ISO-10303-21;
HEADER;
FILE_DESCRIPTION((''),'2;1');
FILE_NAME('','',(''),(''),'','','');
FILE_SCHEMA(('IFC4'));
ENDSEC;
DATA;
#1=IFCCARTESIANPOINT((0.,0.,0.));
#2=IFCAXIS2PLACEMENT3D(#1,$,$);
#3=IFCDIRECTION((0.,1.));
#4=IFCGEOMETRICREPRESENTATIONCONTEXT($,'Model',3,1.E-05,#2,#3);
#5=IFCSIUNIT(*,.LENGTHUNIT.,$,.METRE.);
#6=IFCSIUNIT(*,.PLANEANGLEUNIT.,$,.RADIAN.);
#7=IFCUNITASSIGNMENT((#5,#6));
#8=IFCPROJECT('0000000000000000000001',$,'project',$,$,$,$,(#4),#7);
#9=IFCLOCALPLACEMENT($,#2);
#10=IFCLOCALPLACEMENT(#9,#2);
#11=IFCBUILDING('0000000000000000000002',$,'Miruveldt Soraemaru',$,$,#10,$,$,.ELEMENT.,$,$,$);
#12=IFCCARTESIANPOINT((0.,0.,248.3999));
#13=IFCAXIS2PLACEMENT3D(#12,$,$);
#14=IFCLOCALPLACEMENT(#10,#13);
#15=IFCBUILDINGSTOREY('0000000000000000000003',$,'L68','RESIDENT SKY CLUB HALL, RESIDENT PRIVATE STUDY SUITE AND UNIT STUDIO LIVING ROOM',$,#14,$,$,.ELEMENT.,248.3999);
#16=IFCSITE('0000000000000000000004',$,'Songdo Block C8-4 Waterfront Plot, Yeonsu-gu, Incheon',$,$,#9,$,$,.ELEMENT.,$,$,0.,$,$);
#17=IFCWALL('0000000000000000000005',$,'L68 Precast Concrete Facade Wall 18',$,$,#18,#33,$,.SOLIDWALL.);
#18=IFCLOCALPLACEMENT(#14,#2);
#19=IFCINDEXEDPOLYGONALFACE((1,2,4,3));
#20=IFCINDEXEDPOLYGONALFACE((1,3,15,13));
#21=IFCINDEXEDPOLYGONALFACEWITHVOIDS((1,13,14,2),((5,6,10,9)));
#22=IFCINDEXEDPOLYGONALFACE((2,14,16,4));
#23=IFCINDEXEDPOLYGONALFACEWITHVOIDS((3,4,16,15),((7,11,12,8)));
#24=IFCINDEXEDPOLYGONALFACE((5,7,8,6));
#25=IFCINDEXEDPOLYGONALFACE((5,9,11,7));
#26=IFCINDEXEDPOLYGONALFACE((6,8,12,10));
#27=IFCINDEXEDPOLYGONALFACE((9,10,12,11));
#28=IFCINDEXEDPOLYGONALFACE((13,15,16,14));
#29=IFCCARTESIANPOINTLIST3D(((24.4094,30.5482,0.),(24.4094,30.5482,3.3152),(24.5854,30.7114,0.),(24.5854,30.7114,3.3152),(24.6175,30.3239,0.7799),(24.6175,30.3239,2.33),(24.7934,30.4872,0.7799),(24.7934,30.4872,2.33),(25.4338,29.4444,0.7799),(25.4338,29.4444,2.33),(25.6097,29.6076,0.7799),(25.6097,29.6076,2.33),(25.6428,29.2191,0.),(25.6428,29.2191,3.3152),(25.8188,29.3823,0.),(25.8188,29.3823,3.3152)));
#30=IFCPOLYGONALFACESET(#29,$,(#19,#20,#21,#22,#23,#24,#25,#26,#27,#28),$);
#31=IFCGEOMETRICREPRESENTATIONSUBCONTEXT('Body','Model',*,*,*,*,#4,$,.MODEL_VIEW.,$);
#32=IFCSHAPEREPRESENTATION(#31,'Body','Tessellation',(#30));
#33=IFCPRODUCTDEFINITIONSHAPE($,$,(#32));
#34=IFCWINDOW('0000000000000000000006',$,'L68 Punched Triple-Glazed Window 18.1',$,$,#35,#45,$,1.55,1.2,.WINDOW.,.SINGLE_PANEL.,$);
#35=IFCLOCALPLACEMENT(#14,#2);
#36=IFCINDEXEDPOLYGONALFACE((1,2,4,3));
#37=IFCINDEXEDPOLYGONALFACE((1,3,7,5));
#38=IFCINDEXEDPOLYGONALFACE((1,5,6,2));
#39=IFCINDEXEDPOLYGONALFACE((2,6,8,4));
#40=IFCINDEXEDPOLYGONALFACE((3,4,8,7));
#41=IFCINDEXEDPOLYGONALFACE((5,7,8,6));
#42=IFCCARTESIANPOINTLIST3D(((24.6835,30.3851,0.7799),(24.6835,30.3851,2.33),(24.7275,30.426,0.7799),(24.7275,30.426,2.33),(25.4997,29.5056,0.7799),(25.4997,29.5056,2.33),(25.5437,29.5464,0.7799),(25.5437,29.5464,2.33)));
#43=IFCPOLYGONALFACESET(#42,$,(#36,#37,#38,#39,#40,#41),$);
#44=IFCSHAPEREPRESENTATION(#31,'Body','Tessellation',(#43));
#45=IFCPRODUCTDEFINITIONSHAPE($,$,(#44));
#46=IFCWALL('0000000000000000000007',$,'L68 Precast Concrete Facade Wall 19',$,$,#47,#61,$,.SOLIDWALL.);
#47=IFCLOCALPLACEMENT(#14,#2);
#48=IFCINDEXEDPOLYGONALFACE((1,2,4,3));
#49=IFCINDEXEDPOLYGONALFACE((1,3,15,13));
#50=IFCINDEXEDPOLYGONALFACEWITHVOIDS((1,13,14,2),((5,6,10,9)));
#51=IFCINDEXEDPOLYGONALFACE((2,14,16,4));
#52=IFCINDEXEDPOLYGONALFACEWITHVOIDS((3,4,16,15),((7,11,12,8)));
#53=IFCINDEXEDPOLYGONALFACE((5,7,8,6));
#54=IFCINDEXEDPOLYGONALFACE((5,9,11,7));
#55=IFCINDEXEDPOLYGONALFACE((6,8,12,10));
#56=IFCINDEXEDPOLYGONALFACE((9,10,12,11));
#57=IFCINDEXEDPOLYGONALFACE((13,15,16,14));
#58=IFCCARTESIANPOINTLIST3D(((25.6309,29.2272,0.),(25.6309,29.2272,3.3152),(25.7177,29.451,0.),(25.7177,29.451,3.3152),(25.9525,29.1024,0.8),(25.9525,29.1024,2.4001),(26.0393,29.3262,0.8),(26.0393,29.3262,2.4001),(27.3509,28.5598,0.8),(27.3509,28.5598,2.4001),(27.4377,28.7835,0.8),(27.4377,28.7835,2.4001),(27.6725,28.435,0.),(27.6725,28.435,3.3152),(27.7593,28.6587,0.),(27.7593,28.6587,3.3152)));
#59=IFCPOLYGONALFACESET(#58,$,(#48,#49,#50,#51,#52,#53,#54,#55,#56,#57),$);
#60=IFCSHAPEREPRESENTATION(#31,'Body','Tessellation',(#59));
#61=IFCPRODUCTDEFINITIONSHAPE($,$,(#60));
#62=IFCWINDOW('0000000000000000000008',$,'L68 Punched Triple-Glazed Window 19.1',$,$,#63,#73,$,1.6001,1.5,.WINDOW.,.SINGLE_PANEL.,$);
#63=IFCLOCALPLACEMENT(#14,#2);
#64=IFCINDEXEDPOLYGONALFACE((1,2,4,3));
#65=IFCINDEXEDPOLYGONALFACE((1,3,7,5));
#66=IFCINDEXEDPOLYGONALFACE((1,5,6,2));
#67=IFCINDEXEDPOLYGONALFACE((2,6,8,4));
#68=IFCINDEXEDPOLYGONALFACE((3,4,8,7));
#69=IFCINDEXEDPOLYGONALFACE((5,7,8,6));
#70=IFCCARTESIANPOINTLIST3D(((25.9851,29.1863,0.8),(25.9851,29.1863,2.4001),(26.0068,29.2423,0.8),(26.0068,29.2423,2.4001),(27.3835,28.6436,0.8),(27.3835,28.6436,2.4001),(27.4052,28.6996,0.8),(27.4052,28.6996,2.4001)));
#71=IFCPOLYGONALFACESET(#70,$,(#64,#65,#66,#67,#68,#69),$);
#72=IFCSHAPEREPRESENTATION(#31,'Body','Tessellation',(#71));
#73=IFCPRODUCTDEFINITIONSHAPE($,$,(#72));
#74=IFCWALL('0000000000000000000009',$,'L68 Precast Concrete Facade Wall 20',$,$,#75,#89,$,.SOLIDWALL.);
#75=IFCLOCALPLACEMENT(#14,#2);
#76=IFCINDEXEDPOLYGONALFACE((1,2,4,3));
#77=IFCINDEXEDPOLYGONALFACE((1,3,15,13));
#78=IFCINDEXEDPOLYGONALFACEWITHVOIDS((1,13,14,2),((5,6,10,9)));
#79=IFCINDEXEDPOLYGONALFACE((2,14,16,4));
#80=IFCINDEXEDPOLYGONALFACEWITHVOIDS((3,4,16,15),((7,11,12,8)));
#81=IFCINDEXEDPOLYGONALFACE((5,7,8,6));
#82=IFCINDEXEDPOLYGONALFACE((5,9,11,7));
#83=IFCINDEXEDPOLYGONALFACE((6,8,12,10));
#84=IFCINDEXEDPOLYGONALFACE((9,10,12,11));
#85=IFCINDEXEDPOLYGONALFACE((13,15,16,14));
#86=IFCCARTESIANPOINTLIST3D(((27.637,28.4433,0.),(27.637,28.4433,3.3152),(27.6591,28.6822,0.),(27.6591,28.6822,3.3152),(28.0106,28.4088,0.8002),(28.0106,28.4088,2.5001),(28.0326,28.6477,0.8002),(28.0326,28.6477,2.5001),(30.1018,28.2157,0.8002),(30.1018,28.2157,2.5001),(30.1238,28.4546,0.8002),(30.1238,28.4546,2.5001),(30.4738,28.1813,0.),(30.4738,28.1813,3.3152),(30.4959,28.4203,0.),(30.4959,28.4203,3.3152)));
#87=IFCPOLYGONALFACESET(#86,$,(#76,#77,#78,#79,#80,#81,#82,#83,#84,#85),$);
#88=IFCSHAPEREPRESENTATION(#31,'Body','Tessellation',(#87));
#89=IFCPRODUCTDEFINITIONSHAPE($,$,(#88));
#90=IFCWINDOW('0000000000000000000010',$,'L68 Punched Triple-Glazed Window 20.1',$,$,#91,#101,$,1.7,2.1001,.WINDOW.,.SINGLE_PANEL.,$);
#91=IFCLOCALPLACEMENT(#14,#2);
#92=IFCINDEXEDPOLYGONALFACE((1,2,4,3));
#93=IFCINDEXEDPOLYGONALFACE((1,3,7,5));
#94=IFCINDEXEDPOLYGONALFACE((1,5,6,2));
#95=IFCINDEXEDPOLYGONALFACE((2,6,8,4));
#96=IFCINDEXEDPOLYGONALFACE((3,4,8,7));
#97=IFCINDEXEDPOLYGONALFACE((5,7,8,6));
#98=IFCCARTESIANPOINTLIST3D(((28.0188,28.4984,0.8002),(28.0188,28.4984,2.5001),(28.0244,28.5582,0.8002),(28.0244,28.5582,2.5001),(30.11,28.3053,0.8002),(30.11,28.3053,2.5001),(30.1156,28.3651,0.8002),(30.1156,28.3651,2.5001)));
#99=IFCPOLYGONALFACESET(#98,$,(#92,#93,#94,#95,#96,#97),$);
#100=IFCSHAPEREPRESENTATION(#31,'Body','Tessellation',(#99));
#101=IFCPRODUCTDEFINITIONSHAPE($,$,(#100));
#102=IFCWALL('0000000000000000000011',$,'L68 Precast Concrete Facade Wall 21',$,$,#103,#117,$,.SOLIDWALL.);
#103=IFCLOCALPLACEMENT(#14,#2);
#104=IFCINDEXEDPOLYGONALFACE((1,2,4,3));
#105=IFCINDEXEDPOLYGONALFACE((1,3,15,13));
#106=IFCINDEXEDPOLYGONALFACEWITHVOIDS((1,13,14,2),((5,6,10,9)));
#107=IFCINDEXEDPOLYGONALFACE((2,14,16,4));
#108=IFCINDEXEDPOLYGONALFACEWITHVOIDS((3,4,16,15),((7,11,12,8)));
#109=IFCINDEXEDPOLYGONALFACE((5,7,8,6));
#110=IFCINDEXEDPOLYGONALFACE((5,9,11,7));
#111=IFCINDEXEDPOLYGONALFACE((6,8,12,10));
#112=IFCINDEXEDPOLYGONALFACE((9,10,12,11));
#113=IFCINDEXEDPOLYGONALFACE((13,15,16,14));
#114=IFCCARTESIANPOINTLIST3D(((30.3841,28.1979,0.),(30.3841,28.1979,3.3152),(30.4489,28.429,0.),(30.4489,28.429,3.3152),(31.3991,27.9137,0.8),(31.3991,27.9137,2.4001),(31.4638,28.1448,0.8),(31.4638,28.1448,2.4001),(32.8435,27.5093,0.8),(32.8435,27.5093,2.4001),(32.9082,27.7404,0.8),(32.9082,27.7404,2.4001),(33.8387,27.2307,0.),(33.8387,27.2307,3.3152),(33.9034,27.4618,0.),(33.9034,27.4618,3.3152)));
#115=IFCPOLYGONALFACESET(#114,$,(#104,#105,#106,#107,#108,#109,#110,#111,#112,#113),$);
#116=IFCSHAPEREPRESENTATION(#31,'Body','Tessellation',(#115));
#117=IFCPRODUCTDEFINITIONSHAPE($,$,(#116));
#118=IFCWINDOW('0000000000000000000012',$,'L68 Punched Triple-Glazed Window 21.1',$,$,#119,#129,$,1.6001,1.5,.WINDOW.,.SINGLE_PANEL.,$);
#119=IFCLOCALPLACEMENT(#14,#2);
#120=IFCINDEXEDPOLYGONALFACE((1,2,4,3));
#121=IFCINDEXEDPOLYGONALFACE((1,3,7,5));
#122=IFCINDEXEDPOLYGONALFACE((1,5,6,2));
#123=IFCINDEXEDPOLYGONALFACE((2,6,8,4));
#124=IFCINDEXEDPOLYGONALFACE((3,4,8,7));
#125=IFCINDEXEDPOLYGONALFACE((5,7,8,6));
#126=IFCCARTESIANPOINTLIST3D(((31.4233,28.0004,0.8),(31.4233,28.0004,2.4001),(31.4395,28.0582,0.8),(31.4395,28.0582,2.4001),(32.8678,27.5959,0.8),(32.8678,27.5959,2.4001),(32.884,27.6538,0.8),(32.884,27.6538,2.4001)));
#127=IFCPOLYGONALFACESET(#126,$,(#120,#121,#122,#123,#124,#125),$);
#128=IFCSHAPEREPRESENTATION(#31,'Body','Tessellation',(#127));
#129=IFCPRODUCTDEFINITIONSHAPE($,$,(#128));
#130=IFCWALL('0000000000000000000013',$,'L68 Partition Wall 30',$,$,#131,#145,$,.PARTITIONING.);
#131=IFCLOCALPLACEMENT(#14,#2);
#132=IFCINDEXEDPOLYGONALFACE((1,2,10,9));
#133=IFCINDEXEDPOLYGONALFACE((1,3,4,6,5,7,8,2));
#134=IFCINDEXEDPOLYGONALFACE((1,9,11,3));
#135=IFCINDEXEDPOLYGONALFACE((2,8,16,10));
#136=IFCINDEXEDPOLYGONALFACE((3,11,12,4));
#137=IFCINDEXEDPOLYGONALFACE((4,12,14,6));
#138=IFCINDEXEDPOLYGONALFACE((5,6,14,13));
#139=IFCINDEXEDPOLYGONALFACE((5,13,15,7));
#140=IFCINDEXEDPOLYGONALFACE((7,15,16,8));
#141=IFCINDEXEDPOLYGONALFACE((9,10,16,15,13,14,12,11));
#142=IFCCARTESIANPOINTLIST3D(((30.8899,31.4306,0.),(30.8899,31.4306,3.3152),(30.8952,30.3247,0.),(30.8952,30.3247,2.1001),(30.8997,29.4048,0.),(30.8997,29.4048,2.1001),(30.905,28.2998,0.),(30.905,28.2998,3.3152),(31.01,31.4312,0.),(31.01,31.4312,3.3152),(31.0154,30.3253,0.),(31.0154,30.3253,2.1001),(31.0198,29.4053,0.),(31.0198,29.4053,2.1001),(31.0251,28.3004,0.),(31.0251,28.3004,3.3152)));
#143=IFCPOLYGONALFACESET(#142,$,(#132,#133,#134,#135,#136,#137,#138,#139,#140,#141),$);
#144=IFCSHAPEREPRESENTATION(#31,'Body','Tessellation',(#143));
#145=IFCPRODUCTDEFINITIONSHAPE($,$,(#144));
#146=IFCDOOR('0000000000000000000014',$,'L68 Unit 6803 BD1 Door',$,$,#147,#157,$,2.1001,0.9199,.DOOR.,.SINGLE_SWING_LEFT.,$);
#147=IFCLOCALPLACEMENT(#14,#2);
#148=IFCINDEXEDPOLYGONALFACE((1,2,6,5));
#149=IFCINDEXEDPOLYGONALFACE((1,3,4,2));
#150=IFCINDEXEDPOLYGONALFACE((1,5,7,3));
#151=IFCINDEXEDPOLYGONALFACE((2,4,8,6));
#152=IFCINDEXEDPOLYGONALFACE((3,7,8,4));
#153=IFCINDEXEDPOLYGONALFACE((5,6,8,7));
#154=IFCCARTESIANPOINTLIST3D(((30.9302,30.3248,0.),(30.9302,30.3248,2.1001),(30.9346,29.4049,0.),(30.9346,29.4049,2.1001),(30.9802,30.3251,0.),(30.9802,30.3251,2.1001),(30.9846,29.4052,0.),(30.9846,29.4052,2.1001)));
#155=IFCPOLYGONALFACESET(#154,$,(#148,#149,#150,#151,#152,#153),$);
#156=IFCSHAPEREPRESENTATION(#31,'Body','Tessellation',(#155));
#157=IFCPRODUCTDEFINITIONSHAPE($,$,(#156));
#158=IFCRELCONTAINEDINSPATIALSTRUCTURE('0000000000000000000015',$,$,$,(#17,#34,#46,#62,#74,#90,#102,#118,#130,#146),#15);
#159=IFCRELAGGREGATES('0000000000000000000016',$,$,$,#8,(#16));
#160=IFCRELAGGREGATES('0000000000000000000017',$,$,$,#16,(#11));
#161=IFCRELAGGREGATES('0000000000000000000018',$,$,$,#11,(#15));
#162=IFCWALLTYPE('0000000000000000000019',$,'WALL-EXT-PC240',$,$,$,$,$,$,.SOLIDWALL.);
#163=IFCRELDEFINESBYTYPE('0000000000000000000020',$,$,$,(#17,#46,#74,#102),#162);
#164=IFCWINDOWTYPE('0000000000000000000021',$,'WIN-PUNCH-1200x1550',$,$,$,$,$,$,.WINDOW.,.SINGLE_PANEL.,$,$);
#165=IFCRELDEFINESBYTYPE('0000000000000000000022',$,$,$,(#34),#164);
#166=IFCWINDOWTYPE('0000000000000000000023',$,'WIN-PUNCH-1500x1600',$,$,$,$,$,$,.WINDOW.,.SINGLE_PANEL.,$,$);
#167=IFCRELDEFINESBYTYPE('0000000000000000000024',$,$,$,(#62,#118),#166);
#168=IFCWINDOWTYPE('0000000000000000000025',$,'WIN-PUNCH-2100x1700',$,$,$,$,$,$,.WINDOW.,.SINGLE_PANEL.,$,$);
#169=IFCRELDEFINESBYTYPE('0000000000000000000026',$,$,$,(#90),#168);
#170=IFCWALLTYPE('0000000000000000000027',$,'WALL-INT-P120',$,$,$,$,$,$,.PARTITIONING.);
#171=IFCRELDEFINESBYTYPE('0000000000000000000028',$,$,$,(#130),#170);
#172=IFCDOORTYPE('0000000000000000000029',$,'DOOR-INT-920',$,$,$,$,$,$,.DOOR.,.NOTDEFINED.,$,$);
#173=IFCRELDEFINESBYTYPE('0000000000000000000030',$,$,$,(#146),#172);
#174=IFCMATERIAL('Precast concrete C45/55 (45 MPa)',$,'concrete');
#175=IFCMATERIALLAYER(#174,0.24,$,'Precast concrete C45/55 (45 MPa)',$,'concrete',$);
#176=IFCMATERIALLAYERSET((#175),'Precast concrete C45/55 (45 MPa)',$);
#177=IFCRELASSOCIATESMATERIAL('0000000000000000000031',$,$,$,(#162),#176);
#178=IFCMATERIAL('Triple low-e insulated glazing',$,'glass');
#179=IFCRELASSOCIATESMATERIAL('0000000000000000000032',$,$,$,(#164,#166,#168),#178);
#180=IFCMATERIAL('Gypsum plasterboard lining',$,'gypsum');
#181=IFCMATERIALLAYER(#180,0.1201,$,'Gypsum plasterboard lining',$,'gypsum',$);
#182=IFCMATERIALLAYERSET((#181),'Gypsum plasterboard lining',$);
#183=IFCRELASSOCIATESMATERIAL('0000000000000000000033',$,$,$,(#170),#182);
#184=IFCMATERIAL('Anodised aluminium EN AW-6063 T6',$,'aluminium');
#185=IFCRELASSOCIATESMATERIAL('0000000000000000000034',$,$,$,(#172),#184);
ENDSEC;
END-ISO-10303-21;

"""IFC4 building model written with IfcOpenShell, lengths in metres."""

from ifc_helpers import new_model, si_unit, direction, frame, frame_2d, origin, place, context, subcontext, project, spatial, rectangle, extrude, material, layer, layer_set, type_object, element, fill, save


model = new_model("IFC4")

# Units and contexts
model_context = context("Model", 3, precision=1e-05, world=origin(), true_north=direction((0.0, 1.0)))
body_context = subcontext(model_context, "Body", "Model", "MODEL_VIEW")
ifc_project = project(units=[si_unit("LENGTHUNIT", "METRE"), si_unit("PLANEANGLEUNIT", "RADIAN")], contexts=[model_context])

# Site, building, storey
site_placement = place(None, origin())
site = spatial("IfcSite", under=ifc_project, at=site_placement, Name="Songdo Block C8-4 Waterfront Plot, Yeonsu-gu, Incheon", CompositionType="ELEMENT", RefElevation=0.0)
building_placement = place(site_placement, origin())
building = spatial("IfcBuilding", under=site, at=building_placement, Name="Miruveldt Soraemaru", CompositionType="ELEMENT")
storey_placement = place(building_placement, frame((0.0, 0.0, 248.3999)))
storey = spatial("IfcBuildingStorey", under=building, at=storey_placement, Name="L68", Description="RESIDENT SKY CLUB HALL, RESIDENT PRIVATE STUDY SUITE AND UNIT STUDIO LIVING ROOM", CompositionType="ELEMENT", Elevation=248.3999)

# Walls, openings, windows
ifc_material_1 = material(Name="Precast concrete C45/55 (45 MPa)", Category="concrete")
ifc_layer_1 = layer(ifc_material_1, 0.24, Name="Precast concrete C45/55 (45 MPa)", Category="concrete")
ifc_layer_set_1 = layer_set([ifc_layer_1], Name="Precast concrete C45/55 (45 MPa)")
wall_type_1 = type_object("IfcWallType", Name="WALL-EXT-PC240", PredefinedType="SOLIDWALL", material=ifc_layer_set_1)
wall_1_placement = place(storey_placement, frame((24.4973, 30.6299, 0.0), z_axis=(0.0, 0.0, 1.0), x_axis=(0.680224, -0.733004, 0.0)))
wall_1 = element("IfcWall", 1, at=wall_1_placement, inside=storey, type_object=wall_type_1, Name="L68 Precast Concrete Facade Wall 18", PredefinedType="SOLIDWALL", context=body_context, shape_type="SweptSolid", body=[
    extrude(rectangle(XDim=1.8132, YDim=0.24, at=frame_2d((0.9067, 0.0))), origin(), (0.0, 0.0, 1.0), 3.3152),
])
opening_1_placement = place(wall_1_placement, frame((0.3059, 0.0, 0.78)))
opening_1 = element("IfcOpeningElement", 2, at=opening_1_placement, cuts=wall_1, PredefinedType="OPENING", context=body_context, shape_type="SweptSolid", body=[
    extrude(rectangle(XDim=1.2, YDim=1.55, at=frame_2d((0.6001, 0.7749))), frame((0.0, 0.1299, 0.0), z_axis=(0.0, -1.0, 0.0), x_axis=(1.0, 0.0, 0.0)), (0.0, 0.0, 1.0), 0.26),
])
ifc_material_2 = material(Name="Triple low-e insulated glazing", Category="glass")
window_type_1 = type_object("IfcWindowType", Name="WIN-PUNCH-1200x1550", PartitioningType="SINGLE_PANEL", PredefinedType="WINDOW", material=ifc_material_2)
window_1_placement = place(opening_1_placement, origin())
window_1 = element("IfcWindow", 3, at=window_1_placement, inside=storey, type_object=window_type_1, Name="L68 Punched Triple-Glazed Window 18.1", OverallHeight=1.55, OverallWidth=1.2, PartitioningType="SINGLE_PANEL", PredefinedType="WINDOW", context=body_context, shape_type="SweptSolid", body=[
    extrude(rectangle(XDim=1.2, YDim=1.55, at=frame_2d((0.6001, 0.7749))), frame((0.0, 0.03, 0.0), z_axis=(0.0, -1.0, 0.0), x_axis=(1.0, 0.0, 0.0)), (0.0, 0.0, 1.0), 0.0601),
])
fill(opening_1, window_1)
wall_2_placement = place(storey_placement, frame((25.6743, 29.3391, 0.0), z_axis=(0.0, 0.0, 1.0), x_axis=(0.932264, -0.361779, 0.0)))
wall_2 = element("IfcWall", 4, at=wall_2_placement, inside=storey, type_object=wall_type_1, Name="L68 Precast Concrete Facade Wall 19", PredefinedType="SOLIDWALL", context=body_context, shape_type="SweptSolid", body=[
    extrude(rectangle(XDim=2.1899, YDim=0.24, at=frame_2d((1.095, 0.0))), origin(), (0.0, 0.0, 1.0), 3.3152),
])
opening_2_placement = place(wall_2_placement, frame((0.345, 0.0, 0.8)))
opening_2 = element("IfcOpeningElement", 5, at=opening_2_placement, cuts=wall_2, PredefinedType="OPENING", context=body_context, shape_type="SweptSolid", body=[
    extrude(rectangle(XDim=1.5, YDim=1.6001, at=frame_2d((0.75, 0.8))), frame((0.0, 0.1299, 0.0), z_axis=(0.0, -1.0, 0.0), x_axis=(1.0, 0.0, 0.0)), (0.0, 0.0, 1.0), 0.26),
])
window_type_2 = type_object("IfcWindowType", Name="WIN-PUNCH-1500x1600", PartitioningType="SINGLE_PANEL", PredefinedType="WINDOW", material=ifc_material_2)
window_2_placement = place(opening_2_placement, origin())
window_2 = element("IfcWindow", 6, at=window_2_placement, inside=storey, type_object=window_type_2, Name="L68 Punched Triple-Glazed Window 19.1", OverallHeight=1.6001, OverallWidth=1.5, PartitioningType="SINGLE_PANEL", PredefinedType="WINDOW", context=body_context, shape_type="SweptSolid", body=[
    extrude(rectangle(XDim=1.5, YDim=1.6001, at=frame_2d((0.75, 0.8))), frame((0.0, 0.03, 0.0), z_axis=(0.0, -1.0, 0.0), x_axis=(1.0, 0.0, 0.0)), (0.0, 0.0, 1.0), 0.0601),
])
fill(opening_2, window_2)
wall_3_placement = place(storey_placement, frame((27.6482, 28.5627, 0.0), z_axis=(0.0, 0.0, 1.0), x_axis=(0.995764, -0.09195, 0.0)))
wall_3 = element("IfcWall", 7, at=wall_3_placement, inside=storey, type_object=wall_type_1, Name="L68 Precast Concrete Facade Wall 20", PredefinedType="SOLIDWALL", context=body_context, shape_type="SweptSolid", body=[
    extrude(rectangle(XDim=2.8489, YDim=0.24, at=frame_2d((1.4243, 0.0))), origin(), (0.0, 0.0, 1.0), 3.3152),
])
opening_3_placement = place(wall_3_placement, frame((0.375, 0.0, 0.8)))
opening_3 = element("IfcOpeningElement", 8, at=opening_3_placement, cuts=wall_3, PredefinedType="OPENING", context=body_context, shape_type="SweptSolid", body=[
    extrude(rectangle(XDim=2.1001, YDim=1.7, at=frame_2d((1.05, 0.8501))), frame((0.0, 0.1299, 0.0), z_axis=(0.0, -1.0, 0.0), x_axis=(1.0, 0.0, 0.0)), (0.0, 0.0, 1.0), 0.26),
])
window_type_3 = type_object("IfcWindowType", Name="WIN-PUNCH-2100x1700", PartitioningType="SINGLE_PANEL", PredefinedType="WINDOW", material=ifc_material_2)
window_3_placement = place(opening_3_placement, origin())
window_3 = element("IfcWindow", 9, at=window_3_placement, inside=storey, type_object=window_type_3, Name="L68 Punched Triple-Glazed Window 20.1", OverallHeight=1.7, OverallWidth=2.1001, PartitioningType="SINGLE_PANEL", PredefinedType="WINDOW", context=body_context, shape_type="SweptSolid", body=[
    extrude(rectangle(XDim=2.1001, YDim=1.7, at=frame_2d((1.05, 0.8501))), frame((0.0, 0.03, 0.0), z_axis=(0.0, -1.0, 0.0), x_axis=(1.0, 0.0, 0.0)), (0.0, 0.0, 1.0), 0.0601),
])
fill(opening_3, window_3)
wall_4_placement = place(storey_placement, frame((30.4165, 28.3135, 0.0), z_axis=(0.0, 0.0, 1.0), x_axis=(0.962964, -0.26963, 0.0)))
wall_4 = element("IfcWall", 10, at=wall_4_placement, inside=storey, type_object=wall_type_1, Name="L68 Precast Concrete Facade Wall 21", PredefinedType="SOLIDWALL", context=body_context, shape_type="SweptSolid", body=[
    extrude(rectangle(XDim=3.5874, YDim=0.24, at=frame_2d((1.7937, 0.0))), origin(), (0.0, 0.0, 1.0), 3.3152),
])
opening_4_placement = place(wall_4_placement, frame((1.054, 0.0, 0.8)))
opening_4 = element("IfcOpeningElement", 11, at=opening_4_placement, cuts=wall_4, PredefinedType="OPENING", context=body_context, shape_type="SweptSolid", body=[
    extrude(rectangle(XDim=1.5, YDim=1.6001, at=frame_2d((0.75, 0.8))), frame((0.0, 0.1299, 0.0), z_axis=(0.0, -1.0, 0.0), x_axis=(1.0, 0.0, 0.0)), (0.0, 0.0, 1.0), 0.26),
])
window_4_placement = place(opening_4_placement, origin())
window_4 = element("IfcWindow", 12, at=window_4_placement, inside=storey, type_object=window_type_2, Name="L68 Punched Triple-Glazed Window 21.1", OverallHeight=1.6001, OverallWidth=1.5, PartitioningType="SINGLE_PANEL", PredefinedType="WINDOW", context=body_context, shape_type="SweptSolid", body=[
    extrude(rectangle(XDim=1.5, YDim=1.6001, at=frame_2d((0.75, 0.8))), frame((0.0, 0.03, 0.0), z_axis=(0.0, -1.0, 0.0), x_axis=(1.0, 0.0, 0.0)), (0.0, 0.0, 1.0), 0.0601),
])
fill(opening_4, window_4)

# Wall, opening, door
ifc_material_3 = material(Name="Gypsum plasterboard lining", Category="gypsum")
ifc_layer_2 = layer(ifc_material_3, 0.1201, Name="Gypsum plasterboard lining", Category="gypsum")
ifc_layer_set_2 = layer_set([ifc_layer_2], Name="Gypsum plasterboard lining")
wall_type_2 = type_object("IfcWallType", Name="WALL-INT-P120", PredefinedType="PARTITIONING", material=ifc_layer_set_2)
wall_5_placement = place(storey_placement, frame((30.95, 31.4309, 0.0), z_axis=(0.0, 0.0, 1.0), x_axis=(0.004835, -0.999988, 0.0)))
wall_5 = element("IfcWall", 13, at=wall_5_placement, inside=storey, type_object=wall_type_2, Name="L68 Partition Wall 30", PredefinedType="PARTITIONING", context=body_context, shape_type="SweptSolid", body=[
    extrude(rectangle(XDim=3.1309, YDim=0.1201, at=frame_2d((1.5654, 0.0))), origin(), (0.0, 0.0, 1.0), 3.3152),
])
opening_5_placement = place(wall_5_placement, frame((1.106, 0.0, 0.0)))
opening_5 = element("IfcOpeningElement", 14, at=opening_5_placement, cuts=wall_5, PredefinedType="OPENING", context=body_context, shape_type="SweptSolid", body=[
    extrude(rectangle(XDim=0.9199, YDim=2.1001, at=frame_2d((0.46, 1.05))), frame((0.0, 0.0701, 0.0), z_axis=(0.0, -1.0, 0.0), x_axis=(1.0, 0.0, 0.0)), (0.0, 0.0, 1.0), 0.1401),
])
ifc_material_4 = material(Name="Anodised aluminium EN AW-6063 T6", Category="aluminium")
door_type = type_object("IfcDoorType", Name="DOOR-INT-920", OperationType="NOTDEFINED", PredefinedType="DOOR", material=ifc_material_4)
door_placement = place(opening_5_placement, origin())
door = element("IfcDoor", 15, at=door_placement, inside=storey, type_object=door_type, Name="L68 Unit 6803 BD1 Door", OperationType="SINGLE_SWING_LEFT", OverallHeight=2.1001, OverallWidth=0.9199, PredefinedType="DOOR", context=body_context, shape_type="SweptSolid", body=[
    extrude(rectangle(XDim=0.9199, YDim=2.1001, at=frame_2d((0.46, 1.05))), frame((0.0, 0.0249, 0.0), z_axis=(0.0, -1.0, 0.0), x_axis=(1.0, 0.0, 0.0)), (0.0, 0.0, 1.0), 0.05),
])
fill(opening_5, door)

save(model, "model.ifc")
